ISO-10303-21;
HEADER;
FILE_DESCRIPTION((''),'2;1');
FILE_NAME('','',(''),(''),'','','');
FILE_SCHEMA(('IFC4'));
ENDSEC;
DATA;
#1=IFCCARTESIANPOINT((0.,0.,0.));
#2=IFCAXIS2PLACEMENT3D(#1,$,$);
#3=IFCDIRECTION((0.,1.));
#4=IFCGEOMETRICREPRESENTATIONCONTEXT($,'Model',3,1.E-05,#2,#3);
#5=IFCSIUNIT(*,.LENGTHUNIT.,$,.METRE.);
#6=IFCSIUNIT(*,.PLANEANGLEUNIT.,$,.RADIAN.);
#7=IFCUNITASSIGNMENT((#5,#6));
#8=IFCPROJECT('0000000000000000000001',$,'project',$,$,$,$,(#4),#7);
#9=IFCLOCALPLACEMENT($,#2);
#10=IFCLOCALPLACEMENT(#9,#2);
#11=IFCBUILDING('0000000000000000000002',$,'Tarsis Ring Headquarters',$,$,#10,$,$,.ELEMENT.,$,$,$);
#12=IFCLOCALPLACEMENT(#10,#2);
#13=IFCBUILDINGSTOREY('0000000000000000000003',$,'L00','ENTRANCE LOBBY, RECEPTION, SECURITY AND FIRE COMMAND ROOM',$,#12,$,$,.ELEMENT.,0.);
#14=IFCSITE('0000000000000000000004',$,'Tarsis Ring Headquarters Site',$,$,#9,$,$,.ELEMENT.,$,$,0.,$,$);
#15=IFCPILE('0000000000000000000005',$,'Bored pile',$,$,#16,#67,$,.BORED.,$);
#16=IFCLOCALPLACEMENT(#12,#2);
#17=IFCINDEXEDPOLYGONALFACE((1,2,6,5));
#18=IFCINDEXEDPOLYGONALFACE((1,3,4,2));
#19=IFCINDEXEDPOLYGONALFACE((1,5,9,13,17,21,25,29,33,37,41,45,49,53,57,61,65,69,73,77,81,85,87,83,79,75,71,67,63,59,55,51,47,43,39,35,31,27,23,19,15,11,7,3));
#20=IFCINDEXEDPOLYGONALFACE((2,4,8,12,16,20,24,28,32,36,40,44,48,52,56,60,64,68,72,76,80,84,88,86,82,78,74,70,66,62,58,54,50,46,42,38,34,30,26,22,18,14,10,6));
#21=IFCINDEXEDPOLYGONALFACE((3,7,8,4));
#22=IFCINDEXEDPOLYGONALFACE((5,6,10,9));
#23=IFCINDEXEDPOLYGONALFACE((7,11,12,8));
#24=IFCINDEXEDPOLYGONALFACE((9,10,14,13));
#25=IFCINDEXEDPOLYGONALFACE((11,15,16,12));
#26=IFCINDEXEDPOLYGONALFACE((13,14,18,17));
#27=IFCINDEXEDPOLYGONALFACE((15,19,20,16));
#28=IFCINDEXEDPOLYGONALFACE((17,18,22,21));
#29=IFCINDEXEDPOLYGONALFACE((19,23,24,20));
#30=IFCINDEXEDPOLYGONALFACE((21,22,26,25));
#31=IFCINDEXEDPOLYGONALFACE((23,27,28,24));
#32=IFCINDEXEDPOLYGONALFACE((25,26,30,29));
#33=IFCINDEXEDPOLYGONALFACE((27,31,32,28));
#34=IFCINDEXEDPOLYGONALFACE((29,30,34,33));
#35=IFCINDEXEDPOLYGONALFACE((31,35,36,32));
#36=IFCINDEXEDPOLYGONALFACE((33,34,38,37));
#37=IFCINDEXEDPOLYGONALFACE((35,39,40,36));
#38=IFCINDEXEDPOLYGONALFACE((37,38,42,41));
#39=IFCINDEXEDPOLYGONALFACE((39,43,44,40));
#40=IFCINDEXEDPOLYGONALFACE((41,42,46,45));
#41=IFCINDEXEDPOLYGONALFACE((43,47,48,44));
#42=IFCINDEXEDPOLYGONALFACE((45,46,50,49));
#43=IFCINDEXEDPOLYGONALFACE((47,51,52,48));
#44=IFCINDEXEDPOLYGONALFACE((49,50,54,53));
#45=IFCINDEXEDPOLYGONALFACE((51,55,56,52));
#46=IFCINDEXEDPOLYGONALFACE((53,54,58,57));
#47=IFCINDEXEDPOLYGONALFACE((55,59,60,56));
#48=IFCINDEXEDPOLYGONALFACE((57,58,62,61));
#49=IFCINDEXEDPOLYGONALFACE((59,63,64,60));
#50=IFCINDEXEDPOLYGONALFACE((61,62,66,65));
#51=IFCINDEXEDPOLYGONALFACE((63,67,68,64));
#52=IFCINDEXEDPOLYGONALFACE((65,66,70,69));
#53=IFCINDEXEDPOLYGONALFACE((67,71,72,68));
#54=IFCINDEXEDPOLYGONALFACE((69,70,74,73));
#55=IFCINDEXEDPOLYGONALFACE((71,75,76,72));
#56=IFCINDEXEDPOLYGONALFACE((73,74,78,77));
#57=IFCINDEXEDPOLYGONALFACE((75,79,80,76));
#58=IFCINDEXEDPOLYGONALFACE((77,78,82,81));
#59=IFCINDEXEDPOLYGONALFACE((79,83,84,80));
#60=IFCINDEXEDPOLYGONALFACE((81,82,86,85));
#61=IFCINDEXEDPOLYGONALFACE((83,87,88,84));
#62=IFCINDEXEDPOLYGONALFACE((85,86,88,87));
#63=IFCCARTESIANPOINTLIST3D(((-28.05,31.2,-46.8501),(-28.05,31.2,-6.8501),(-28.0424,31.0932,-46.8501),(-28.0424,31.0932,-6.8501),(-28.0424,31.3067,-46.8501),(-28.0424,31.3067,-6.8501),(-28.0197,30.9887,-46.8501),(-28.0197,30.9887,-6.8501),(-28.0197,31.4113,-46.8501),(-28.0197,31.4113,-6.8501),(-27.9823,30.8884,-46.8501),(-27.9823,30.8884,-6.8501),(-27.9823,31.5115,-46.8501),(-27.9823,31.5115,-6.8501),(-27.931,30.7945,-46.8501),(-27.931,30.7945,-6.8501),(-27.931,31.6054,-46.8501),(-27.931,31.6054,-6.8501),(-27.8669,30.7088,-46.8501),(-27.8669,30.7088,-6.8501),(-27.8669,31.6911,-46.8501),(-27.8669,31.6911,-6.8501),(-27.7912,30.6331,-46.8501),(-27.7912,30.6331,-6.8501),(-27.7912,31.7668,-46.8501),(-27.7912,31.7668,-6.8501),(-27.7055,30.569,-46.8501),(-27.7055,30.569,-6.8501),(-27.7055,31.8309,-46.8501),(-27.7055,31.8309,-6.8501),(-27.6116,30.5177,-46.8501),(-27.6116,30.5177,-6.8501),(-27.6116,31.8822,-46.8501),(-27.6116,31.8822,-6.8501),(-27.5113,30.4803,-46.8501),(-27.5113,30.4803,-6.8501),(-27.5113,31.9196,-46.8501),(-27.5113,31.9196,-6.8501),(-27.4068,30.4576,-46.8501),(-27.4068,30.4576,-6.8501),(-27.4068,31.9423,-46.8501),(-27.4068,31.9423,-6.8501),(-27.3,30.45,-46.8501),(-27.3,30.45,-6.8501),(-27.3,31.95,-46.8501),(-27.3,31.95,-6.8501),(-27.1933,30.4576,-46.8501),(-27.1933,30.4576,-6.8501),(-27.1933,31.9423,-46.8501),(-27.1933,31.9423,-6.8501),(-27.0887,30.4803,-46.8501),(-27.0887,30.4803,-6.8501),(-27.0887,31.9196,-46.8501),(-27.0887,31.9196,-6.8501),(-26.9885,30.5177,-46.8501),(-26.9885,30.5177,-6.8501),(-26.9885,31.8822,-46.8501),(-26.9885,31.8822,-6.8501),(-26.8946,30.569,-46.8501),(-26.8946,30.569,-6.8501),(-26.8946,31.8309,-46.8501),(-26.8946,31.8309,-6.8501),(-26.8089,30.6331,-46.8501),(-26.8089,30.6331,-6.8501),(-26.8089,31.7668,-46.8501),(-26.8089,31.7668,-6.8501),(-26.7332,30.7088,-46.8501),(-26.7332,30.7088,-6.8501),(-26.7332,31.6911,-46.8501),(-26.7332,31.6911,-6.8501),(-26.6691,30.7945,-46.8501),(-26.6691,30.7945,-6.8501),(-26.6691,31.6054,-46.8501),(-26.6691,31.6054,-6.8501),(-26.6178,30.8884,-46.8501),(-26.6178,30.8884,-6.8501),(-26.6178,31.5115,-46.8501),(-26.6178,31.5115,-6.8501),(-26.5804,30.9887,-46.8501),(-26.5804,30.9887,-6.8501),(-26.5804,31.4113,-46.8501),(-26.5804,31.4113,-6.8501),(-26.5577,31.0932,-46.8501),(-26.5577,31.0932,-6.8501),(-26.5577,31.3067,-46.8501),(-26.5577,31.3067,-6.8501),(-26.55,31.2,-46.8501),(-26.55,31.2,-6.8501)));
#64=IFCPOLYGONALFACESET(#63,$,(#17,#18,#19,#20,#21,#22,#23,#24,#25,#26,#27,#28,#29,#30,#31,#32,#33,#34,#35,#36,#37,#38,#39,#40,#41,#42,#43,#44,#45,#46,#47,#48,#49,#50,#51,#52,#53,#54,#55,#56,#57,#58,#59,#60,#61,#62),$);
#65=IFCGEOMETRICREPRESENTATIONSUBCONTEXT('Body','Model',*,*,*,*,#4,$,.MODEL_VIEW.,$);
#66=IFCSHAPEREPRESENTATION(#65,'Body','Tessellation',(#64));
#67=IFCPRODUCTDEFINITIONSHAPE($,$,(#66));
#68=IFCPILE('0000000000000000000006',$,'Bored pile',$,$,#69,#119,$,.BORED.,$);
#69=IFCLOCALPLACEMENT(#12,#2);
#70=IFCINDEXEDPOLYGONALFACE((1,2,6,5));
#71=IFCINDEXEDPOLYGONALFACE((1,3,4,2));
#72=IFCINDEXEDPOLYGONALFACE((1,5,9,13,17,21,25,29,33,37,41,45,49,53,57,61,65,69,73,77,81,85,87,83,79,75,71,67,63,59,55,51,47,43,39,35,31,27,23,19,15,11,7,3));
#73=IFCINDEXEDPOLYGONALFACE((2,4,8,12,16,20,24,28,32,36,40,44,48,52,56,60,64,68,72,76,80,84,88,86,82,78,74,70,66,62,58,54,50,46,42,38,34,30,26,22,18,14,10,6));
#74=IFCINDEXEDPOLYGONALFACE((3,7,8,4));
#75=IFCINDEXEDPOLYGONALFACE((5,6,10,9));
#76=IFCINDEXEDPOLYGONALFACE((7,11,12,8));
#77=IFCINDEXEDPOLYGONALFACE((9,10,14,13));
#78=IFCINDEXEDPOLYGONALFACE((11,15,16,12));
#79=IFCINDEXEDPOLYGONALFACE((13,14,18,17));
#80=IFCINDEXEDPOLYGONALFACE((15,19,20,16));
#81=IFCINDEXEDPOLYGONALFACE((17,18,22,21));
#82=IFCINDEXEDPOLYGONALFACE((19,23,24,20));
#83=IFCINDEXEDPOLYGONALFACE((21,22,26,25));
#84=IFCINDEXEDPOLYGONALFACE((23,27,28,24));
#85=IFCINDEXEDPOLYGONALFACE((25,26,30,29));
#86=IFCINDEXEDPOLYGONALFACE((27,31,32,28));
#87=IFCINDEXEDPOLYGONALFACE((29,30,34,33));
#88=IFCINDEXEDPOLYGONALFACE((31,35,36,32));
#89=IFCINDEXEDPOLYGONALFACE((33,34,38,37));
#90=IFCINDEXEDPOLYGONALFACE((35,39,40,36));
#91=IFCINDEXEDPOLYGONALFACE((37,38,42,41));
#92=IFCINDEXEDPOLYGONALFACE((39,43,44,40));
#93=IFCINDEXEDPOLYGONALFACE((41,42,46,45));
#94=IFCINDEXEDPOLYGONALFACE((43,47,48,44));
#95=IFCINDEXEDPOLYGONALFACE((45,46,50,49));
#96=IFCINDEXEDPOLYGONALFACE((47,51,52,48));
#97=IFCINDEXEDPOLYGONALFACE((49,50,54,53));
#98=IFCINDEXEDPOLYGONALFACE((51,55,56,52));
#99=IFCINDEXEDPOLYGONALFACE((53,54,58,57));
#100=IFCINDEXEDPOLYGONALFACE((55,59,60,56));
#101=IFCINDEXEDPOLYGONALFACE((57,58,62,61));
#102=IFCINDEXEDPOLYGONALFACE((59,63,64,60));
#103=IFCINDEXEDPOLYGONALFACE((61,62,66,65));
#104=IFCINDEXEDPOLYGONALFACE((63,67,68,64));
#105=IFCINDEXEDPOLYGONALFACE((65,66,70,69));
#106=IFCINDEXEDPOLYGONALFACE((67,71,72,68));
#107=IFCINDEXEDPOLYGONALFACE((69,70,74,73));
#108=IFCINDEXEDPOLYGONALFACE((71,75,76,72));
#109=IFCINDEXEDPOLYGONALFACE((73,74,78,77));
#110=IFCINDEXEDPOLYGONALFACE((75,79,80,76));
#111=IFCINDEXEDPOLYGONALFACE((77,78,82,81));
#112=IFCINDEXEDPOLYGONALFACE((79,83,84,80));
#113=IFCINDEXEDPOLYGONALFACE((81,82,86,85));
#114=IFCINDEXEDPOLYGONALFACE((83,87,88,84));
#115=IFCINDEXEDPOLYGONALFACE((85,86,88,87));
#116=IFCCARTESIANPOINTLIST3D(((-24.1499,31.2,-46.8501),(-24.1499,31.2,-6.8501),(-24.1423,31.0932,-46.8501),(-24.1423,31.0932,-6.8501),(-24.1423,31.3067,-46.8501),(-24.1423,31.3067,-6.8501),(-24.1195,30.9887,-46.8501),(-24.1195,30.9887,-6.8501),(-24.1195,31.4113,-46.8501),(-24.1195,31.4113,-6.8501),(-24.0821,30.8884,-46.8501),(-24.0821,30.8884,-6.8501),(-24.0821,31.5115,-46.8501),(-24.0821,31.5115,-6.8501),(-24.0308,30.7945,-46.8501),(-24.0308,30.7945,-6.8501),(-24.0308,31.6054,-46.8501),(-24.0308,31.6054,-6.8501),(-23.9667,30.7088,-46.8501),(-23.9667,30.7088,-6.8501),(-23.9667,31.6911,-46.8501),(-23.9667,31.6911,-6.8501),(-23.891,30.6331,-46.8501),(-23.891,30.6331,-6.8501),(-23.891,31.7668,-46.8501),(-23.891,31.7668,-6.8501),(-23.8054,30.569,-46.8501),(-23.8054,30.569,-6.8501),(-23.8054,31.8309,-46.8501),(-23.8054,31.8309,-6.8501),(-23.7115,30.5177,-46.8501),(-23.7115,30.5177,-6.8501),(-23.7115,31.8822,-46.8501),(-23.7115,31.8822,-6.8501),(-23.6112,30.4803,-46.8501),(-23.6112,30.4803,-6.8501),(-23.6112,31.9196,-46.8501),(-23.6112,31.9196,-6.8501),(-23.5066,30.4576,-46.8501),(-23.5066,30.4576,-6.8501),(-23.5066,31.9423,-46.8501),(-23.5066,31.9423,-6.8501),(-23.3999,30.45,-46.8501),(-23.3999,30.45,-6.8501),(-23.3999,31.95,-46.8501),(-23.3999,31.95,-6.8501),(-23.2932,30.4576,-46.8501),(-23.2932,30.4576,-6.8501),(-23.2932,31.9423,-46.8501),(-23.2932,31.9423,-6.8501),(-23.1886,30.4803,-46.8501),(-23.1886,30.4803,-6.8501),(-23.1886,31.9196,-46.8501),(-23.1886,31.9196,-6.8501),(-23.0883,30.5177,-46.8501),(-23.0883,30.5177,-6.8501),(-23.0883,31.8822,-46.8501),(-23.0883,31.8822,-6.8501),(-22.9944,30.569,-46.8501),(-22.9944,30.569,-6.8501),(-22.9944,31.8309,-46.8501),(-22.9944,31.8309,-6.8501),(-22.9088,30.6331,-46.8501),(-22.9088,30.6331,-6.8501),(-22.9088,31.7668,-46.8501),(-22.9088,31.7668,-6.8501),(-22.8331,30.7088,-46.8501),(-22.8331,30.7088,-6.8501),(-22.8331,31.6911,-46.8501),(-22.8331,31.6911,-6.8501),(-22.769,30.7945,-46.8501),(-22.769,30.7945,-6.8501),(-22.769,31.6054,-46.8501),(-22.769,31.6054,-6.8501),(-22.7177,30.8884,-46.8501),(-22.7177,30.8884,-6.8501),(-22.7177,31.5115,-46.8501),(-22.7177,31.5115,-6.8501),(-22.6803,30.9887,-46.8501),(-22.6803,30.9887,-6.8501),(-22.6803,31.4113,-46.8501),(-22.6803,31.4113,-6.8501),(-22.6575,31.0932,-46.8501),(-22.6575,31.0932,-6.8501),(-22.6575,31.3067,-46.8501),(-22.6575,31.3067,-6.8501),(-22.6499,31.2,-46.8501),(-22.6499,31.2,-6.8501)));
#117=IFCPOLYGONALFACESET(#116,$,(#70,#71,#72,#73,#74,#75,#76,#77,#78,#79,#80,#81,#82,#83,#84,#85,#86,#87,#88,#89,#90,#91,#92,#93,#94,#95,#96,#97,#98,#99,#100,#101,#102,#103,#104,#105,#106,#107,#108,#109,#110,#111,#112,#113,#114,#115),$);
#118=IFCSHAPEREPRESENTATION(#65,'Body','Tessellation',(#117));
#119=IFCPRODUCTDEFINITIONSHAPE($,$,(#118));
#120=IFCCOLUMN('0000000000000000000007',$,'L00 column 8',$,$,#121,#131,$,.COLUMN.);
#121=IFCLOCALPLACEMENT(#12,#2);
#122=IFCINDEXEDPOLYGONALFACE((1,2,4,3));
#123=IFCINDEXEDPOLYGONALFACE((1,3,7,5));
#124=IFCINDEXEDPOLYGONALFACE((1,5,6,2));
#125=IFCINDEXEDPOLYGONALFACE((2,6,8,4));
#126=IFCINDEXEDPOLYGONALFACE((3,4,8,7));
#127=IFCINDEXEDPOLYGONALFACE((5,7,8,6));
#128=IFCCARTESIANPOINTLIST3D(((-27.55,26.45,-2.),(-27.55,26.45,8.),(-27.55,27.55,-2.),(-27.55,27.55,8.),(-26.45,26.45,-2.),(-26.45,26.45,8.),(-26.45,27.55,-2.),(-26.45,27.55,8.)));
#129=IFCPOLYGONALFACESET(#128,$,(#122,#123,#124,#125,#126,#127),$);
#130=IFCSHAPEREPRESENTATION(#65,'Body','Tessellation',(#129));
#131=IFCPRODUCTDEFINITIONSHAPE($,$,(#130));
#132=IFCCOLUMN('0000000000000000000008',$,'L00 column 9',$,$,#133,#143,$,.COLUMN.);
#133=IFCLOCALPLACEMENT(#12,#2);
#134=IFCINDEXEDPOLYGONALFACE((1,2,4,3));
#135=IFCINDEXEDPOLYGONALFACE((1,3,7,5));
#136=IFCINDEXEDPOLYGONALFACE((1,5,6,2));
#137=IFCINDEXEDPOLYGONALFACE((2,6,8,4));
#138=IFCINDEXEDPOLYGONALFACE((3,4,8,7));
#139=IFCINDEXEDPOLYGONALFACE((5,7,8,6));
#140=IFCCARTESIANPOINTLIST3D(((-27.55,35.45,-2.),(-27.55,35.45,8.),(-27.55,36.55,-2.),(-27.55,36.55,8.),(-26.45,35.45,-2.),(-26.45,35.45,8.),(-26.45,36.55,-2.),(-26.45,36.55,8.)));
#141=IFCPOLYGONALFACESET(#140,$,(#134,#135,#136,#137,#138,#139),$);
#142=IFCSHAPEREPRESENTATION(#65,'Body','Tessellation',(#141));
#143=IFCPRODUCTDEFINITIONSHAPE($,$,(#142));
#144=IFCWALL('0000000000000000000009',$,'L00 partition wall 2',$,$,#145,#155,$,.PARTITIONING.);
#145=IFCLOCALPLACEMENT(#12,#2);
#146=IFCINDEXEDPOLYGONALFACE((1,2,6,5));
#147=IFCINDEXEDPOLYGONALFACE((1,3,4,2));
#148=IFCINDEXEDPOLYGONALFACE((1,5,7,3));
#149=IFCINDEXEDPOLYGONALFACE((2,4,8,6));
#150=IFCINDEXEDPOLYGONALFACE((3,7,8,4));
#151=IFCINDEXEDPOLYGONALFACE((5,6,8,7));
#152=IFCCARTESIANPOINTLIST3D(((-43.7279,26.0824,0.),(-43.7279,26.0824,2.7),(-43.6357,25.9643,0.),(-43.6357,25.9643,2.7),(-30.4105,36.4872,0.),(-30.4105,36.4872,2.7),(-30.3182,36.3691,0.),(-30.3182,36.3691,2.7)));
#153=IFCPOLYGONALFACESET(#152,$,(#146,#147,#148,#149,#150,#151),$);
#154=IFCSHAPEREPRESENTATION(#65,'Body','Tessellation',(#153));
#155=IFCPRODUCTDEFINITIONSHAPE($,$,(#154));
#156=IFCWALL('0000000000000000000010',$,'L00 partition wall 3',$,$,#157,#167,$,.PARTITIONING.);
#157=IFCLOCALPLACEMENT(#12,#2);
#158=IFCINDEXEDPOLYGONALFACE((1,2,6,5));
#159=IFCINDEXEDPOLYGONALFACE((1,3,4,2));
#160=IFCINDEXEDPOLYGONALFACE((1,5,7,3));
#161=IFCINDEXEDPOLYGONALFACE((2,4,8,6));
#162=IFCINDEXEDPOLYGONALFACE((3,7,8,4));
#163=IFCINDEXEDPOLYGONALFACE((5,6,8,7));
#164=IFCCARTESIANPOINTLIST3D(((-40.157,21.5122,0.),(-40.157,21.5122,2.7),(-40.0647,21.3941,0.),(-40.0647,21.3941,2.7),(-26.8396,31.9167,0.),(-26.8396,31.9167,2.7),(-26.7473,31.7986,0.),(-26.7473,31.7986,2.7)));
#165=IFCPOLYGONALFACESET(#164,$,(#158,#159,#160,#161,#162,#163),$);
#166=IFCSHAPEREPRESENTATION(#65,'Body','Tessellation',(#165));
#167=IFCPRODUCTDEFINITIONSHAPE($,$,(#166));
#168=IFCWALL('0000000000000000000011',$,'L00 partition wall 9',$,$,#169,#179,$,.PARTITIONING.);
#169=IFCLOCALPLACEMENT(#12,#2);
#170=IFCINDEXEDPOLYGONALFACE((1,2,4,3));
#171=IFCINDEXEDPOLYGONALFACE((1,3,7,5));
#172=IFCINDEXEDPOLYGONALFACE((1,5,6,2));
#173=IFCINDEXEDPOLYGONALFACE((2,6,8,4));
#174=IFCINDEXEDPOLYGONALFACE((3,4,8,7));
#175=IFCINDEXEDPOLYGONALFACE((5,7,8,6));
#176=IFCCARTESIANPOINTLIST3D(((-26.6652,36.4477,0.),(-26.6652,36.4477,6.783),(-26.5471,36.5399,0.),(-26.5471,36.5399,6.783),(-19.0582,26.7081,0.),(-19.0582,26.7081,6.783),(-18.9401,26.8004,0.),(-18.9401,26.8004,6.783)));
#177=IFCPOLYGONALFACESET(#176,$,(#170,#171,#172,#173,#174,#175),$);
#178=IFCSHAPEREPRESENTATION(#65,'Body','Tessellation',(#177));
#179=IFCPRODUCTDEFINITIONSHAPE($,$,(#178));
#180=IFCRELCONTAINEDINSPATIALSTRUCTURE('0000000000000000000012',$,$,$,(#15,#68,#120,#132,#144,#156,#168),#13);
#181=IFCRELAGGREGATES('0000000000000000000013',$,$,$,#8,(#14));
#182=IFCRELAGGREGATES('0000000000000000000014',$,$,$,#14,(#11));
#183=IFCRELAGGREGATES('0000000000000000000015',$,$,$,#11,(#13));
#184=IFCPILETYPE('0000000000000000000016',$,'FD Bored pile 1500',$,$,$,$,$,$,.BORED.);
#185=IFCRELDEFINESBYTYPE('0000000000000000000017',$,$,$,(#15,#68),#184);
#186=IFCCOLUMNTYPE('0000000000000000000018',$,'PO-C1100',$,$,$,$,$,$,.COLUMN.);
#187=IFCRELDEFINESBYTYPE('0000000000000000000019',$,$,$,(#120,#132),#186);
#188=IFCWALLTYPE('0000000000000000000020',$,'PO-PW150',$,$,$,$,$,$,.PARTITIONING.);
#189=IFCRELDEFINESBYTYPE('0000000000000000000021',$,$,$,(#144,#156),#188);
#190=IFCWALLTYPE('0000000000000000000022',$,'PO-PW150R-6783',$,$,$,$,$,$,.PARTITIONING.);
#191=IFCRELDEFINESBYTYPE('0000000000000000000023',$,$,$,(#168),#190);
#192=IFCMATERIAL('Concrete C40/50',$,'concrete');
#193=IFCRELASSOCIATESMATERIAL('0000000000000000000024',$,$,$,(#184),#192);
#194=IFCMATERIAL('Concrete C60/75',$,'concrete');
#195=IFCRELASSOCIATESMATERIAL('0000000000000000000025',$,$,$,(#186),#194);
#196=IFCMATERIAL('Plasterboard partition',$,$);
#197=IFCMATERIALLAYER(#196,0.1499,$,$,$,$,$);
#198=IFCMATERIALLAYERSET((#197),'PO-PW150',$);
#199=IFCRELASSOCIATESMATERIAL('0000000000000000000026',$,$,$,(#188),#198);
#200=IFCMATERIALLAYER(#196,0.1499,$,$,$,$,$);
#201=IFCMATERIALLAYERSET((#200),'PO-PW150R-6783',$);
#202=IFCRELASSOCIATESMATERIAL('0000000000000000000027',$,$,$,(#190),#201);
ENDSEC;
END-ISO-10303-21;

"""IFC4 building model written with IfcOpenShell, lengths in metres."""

from ifc_helpers import new_model, si_unit, direction, frame, frame_2d, origin, origin_2d, place, context, subcontext, project, spatial, rectangle, circle, extrude, material, layer, layer_set, material_profile, profile_set, type_object, element, save


model = new_model("IFC4")

# Units and contexts
model_context = context("Model", 3, precision=1e-05, world=origin(), true_north=direction((0.0, 1.0)))
body_context = subcontext(model_context, "Body", "Model", "MODEL_VIEW")
ifc_project = project(units=[si_unit("LENGTHUNIT", "METRE"), si_unit("PLANEANGLEUNIT", "RADIAN")], contexts=[model_context])

# Site, building, storey
site_placement = place(None, origin())
site = spatial("IfcSite", under=ifc_project, at=site_placement, Name="Tarsis Ring Headquarters Site", CompositionType="ELEMENT", RefElevation=0.0)
building_placement = place(site_placement, origin())
building = spatial("IfcBuilding", under=site, at=building_placement, Name="Tarsis Ring Headquarters", CompositionType="ELEMENT")
storey_placement = place(building_placement, origin())
storey = spatial("IfcBuildingStorey", under=building, at=storey_placement, Name="L00", Description="ENTRANCE LOBBY, RECEPTION, SECURITY AND FIRE COMMAND ROOM", CompositionType="ELEMENT", Elevation=0.0)

# Piles
ifc_material_1 = material(Name="Concrete C40/50", Category="concrete")
ifc_material_profile_1 = material_profile(ifc_material_1, circle(Radius=0.75, at=origin_2d()), Name="BORED 1500")
ifc_profile_set_1 = profile_set([ifc_material_profile_1], Name="Concrete C40/50")
pile_type_1 = type_object("IfcPileType", Name="FD Bored pile 1500", PredefinedType="BORED", material=ifc_profile_set_1)
for number, where, z_axis, x_axis, name in (
    (1, (-27.3, 31.2, -6.8501), (0.0, 0.0, -1.0), (1.0, 0.0, 0.0), "Bored pile"),
    (2, (-23.3999, 31.2, -6.8501), (0.0, 0.0, -1.0), (1.0, 0.0, 0.0), "Bored pile"),
):
    element("IfcPile", number, at=place(storey_placement, frame(where, z_axis=z_axis, x_axis=x_axis)), inside=storey, type_object=pile_type_1, Name=name, PredefinedType="BORED", context=body_context, shape_type="SweptSolid", body=[
        extrude(circle(Radius=0.75, at=origin_2d()), origin(), (0.0, 0.0, 1.0), 40.0),
    ])

# Columns
ifc_material_2 = material(Name="Concrete C60/75", Category="concrete")
ifc_material_profile_2 = material_profile(ifc_material_2, rectangle(XDim=1.1001, YDim=1.1001, at=origin_2d()), Name="PO-C1100")
ifc_profile_set_2 = profile_set([ifc_material_profile_2], Name="Concrete C60/75")
column_type = type_object("IfcColumnType", Name="PO-C1100", PredefinedType="COLUMN", material=ifc_profile_set_2)
for number, where, z_axis, x_axis, name in (
    (3, (-27.0, 27.0, -2.0), (0.0, 0.0, 1.0), (1.0, 0.0, 0.0), "L00 column 8"),
    (4, (-27.0, 36.0, -2.0), (0.0, 0.0, 1.0), (1.0, 0.0, 0.0), "L00 column 9"),
):
    element("IfcColumn", number, at=place(storey_placement, frame(where, z_axis=z_axis, x_axis=x_axis)), inside=storey, type_object=column_type, Name=name, PredefinedType="COLUMN", context=body_context, shape_type="SweptSolid", body=[
        extrude(rectangle(XDim=1.1001, YDim=1.1001, at=origin_2d()), origin(), (0.0, 0.0, 1.0), 10.0),
    ])

# Walls
ifc_material_3 = material(Name="Plasterboard partition")
ifc_layer_1 = layer(ifc_material_3, 0.1499)
ifc_layer_set_1 = layer_set([ifc_layer_1], Name="PO-PW150")
wall_type_1 = type_object("IfcWallType", Name="PO-PW150", PredefinedType="PARTITIONING", material=ifc_layer_set_1)
wall_1_placement = place(storey_placement, frame((-30.3643, 36.4282, 0.0), z_axis=(0.0, 0.0, 1.0), x_axis=(-0.788008, -0.615665, 0.0)))
element("IfcWall", 5, at=wall_1_placement, inside=storey, type_object=wall_type_1, Name="L00 partition wall 2", PredefinedType="PARTITIONING", context=body_context, shape_type="SweptSolid", body=[
    extrude(rectangle(XDim=16.9001, YDim=0.1499, at=frame_2d((8.4502, 0.0))), origin(), (0.0, 0.0, 1.0), 2.7),
])
wall_2_placement = place(storey_placement, frame((-26.7935, 31.8577, 0.0), z_axis=(0.0, 0.0, 1.0), x_axis=(-0.788015, -0.615656, 0.0)))
element("IfcWall", 6, at=wall_2_placement, inside=storey, type_object=wall_type_1, Name="L00 partition wall 3", PredefinedType="PARTITIONING", context=body_context, shape_type="SweptSolid", body=[
    extrude(rectangle(XDim=16.8999, YDim=0.1499, at=frame_2d((8.45, 0.0))), origin(), (0.0, 0.0, 1.0), 2.7),
])
ifc_layer_2 = layer(ifc_material_3, 0.1499)
ifc_layer_set_2 = layer_set([ifc_layer_2], Name="PO-PW150R-6783")
wall_type_2 = type_object("IfcWallType", Name="PO-PW150R-6783", PredefinedType="PARTITIONING", material=ifc_layer_set_2)
wall_3_placement = place(storey_placement, frame((-26.6062, 36.4939, 0.0), z_axis=(0.0, 0.0, 1.0), x_axis=(0.615541, -0.788105, 0.0)))
element("IfcWall", 7, at=wall_3_placement, inside=storey, type_object=wall_type_2, Name="L00 partition wall 9", PredefinedType="PARTITIONING", context=body_context, shape_type="SweptSolid", body=[
    extrude(rectangle(XDim=12.3582, YDim=0.1499, at=frame_2d((6.1792, 0.0))), origin(), (0.0, 0.0, 1.0), 6.783),
])

save(model, "model.ifc")
